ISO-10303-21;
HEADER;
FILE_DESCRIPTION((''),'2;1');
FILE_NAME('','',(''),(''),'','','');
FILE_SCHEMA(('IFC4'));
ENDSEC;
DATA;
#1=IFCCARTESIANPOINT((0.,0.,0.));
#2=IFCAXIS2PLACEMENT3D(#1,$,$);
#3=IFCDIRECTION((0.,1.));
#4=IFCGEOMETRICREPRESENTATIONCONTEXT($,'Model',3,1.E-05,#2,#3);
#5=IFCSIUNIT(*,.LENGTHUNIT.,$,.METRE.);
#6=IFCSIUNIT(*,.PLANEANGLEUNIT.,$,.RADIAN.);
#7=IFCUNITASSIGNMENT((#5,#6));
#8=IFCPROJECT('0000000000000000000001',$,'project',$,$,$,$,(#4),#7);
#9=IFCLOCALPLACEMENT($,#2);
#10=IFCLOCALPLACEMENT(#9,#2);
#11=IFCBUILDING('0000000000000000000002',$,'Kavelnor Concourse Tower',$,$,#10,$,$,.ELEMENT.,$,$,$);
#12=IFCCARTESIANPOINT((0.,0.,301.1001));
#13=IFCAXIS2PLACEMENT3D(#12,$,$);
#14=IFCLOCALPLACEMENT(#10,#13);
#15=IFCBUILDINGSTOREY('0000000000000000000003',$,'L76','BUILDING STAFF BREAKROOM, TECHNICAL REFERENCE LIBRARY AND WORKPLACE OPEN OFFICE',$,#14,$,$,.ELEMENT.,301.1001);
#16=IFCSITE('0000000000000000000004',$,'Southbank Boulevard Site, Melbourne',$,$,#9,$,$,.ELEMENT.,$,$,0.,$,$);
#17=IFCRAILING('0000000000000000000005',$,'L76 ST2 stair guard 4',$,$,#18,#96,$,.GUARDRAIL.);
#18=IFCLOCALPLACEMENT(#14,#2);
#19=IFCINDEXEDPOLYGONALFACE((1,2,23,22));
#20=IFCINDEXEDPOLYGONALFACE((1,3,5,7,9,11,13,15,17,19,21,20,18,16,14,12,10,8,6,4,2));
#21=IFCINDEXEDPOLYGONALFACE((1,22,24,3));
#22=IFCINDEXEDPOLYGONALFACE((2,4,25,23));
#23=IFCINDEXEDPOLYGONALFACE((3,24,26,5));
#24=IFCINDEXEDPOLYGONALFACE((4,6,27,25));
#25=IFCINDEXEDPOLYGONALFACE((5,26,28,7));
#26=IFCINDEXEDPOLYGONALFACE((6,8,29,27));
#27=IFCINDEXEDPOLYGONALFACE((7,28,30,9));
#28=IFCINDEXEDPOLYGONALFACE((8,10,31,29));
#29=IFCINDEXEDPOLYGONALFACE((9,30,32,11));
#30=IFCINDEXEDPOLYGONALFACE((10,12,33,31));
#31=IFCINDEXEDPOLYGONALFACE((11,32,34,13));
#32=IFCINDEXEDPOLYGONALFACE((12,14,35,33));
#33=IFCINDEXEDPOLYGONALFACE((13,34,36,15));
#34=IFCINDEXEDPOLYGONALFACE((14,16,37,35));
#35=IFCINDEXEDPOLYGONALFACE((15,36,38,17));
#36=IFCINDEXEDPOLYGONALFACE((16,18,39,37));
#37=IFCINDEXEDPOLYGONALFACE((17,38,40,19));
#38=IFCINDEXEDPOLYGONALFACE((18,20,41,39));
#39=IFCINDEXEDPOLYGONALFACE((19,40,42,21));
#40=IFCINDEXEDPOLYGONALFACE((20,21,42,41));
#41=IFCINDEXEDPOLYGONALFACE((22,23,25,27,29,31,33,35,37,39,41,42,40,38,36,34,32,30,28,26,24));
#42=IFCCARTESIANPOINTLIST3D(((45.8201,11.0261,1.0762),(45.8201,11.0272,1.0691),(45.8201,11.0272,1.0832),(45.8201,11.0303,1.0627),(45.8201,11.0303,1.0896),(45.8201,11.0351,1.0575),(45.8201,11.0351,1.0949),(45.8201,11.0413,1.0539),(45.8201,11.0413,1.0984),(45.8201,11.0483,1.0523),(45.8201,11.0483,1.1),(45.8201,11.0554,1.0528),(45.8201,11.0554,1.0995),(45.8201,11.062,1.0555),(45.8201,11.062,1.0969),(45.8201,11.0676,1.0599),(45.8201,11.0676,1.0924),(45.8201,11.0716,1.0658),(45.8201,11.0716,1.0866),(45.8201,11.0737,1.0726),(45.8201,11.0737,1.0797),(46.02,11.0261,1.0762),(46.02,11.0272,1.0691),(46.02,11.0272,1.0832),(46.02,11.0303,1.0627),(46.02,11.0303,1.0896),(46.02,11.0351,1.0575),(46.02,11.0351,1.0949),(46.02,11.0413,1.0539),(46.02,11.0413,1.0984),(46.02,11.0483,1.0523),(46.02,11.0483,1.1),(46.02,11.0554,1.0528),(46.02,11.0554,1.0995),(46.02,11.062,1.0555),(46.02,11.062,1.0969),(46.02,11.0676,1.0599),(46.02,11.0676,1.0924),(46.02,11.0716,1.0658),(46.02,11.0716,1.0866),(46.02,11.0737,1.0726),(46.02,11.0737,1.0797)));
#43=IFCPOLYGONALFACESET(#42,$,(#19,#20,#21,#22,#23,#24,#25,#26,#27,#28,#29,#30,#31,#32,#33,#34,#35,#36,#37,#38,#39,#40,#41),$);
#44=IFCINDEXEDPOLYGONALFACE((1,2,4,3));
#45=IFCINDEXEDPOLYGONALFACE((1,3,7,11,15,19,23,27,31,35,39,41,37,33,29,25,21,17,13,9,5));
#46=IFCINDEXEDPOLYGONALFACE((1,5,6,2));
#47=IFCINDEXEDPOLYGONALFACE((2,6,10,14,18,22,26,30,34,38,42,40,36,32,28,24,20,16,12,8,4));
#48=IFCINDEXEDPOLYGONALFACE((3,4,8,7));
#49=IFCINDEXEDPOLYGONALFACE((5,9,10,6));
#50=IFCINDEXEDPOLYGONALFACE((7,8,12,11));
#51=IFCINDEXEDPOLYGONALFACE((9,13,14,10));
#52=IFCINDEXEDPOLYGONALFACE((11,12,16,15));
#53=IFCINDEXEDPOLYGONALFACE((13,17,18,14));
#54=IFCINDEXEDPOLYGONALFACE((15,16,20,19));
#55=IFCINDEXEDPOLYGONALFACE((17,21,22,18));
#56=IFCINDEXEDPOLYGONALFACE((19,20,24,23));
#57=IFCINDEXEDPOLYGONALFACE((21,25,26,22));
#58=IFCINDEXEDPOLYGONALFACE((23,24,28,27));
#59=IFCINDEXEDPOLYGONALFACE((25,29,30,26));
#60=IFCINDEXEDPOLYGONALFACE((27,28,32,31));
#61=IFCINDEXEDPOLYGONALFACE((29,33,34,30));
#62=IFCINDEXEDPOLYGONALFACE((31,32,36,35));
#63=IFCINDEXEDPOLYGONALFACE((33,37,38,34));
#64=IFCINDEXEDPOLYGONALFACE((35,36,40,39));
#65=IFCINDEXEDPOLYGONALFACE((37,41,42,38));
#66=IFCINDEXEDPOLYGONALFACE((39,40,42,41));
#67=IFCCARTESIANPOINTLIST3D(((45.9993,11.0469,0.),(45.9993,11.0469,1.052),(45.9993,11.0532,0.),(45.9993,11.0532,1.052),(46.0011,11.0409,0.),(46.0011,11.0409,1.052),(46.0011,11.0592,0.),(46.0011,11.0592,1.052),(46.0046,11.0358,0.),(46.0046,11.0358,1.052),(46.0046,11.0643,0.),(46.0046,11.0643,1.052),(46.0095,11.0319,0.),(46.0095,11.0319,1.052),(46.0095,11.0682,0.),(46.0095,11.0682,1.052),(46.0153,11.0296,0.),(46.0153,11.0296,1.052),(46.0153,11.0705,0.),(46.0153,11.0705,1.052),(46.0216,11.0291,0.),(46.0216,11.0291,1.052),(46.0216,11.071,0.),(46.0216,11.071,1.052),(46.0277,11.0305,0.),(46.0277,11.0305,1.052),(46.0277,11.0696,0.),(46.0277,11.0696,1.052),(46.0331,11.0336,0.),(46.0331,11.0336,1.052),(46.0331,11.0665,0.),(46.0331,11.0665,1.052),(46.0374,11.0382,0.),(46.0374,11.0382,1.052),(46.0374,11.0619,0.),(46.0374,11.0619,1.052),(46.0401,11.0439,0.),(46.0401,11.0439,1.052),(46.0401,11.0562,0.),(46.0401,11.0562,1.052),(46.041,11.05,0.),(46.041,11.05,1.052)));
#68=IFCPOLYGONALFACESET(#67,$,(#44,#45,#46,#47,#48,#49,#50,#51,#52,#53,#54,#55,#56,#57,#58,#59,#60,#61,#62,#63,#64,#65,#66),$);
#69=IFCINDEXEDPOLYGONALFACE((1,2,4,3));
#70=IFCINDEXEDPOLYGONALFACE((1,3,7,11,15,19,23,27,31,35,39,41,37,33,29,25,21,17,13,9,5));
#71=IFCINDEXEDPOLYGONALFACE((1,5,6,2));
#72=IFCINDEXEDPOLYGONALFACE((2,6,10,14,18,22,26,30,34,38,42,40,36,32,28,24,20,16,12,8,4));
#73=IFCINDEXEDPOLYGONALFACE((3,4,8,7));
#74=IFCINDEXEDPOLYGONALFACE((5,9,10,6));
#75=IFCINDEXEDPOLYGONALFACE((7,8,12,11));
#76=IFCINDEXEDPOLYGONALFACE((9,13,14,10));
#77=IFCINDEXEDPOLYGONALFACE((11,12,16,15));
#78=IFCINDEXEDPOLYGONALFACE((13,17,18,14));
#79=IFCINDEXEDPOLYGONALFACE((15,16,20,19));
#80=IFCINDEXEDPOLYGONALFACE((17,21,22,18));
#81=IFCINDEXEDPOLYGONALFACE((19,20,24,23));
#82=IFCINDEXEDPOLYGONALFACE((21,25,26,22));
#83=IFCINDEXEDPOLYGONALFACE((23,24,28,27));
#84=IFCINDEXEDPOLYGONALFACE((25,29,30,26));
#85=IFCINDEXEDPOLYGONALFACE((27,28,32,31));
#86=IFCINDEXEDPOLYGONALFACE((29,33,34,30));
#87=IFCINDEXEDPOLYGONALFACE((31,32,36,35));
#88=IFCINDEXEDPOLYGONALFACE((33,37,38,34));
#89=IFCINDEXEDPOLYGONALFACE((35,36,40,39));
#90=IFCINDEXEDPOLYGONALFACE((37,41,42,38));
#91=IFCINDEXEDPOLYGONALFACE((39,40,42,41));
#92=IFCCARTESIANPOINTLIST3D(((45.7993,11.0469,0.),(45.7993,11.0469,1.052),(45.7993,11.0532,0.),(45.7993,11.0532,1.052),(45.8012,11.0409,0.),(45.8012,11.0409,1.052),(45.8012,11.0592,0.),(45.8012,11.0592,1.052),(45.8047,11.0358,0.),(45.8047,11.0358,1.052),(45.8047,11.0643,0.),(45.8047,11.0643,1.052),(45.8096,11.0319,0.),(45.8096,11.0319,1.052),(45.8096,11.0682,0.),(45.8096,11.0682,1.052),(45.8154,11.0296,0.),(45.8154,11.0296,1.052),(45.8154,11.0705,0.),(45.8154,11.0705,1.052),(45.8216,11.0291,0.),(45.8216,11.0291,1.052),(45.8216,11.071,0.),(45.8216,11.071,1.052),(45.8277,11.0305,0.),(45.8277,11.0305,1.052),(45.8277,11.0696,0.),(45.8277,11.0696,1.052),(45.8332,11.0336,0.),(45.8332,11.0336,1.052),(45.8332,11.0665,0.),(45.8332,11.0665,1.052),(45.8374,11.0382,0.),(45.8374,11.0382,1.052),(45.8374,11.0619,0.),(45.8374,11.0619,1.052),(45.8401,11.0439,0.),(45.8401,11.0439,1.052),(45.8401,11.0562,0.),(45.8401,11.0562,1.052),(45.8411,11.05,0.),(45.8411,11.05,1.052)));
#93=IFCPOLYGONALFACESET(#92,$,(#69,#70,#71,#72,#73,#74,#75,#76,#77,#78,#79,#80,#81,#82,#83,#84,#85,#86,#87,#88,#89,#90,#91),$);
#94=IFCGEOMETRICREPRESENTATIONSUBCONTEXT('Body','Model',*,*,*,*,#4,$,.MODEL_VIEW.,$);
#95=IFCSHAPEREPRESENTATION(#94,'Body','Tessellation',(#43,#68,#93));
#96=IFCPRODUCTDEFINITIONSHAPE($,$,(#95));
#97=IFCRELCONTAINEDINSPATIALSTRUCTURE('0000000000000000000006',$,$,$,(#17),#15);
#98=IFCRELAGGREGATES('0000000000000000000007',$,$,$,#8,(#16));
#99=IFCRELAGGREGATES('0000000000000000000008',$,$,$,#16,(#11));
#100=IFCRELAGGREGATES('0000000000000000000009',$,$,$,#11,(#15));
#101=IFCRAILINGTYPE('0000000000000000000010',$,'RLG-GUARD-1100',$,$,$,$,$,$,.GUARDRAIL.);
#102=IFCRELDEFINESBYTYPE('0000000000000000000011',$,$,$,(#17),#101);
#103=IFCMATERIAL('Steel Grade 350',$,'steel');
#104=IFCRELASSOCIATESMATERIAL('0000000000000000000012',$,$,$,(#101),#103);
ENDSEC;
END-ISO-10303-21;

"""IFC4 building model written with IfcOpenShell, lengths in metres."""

from ifc_helpers import new_model, si_unit, direction, frame, origin, origin_2d, place, context, subcontext, project, spatial, circle, extrude, material, type_object, element, save


model = new_model("IFC4")

# Units and contexts
model_context = context("Model", 3, precision=1e-05, world=origin(), true_north=direction((0.0, 1.0)))
body_context = subcontext(model_context, "Body", "Model", "MODEL_VIEW")
ifc_project = project(units=[si_unit("LENGTHUNIT", "METRE"), si_unit("PLANEANGLEUNIT", "RADIAN")], contexts=[model_context])

# Site, building, storey
site_placement = place(None, origin())
site = spatial("IfcSite", under=ifc_project, at=site_placement, Name="Southbank Boulevard Site, Melbourne", CompositionType="ELEMENT", RefElevation=0.0)
building_placement = place(site_placement, origin())
building = spatial("IfcBuilding", under=site, at=building_placement, Name="Kavelnor Concourse Tower", CompositionType="ELEMENT")
storey_placement = place(building_placement, frame((0.0, 0.0, 301.1001)))
storey = spatial("IfcBuildingStorey", under=building, at=storey_placement, Name="L76", Description="BUILDING STAFF BREAKROOM, TECHNICAL REFERENCE LIBRARY AND WORKPLACE OPEN OFFICE", CompositionType="ELEMENT", Elevation=301.1001)

# Shared definitions
ifc_material_1 = material(Name="Steel Grade 350", Category="steel")

# Railing
railing_type_1 = type_object("IfcRailingType", Name="RLG-GUARD-1100", PredefinedType="GUARDRAIL", material=ifc_material_1)
railing_1_placement = place(storey_placement, frame((46.02, 11.05, 0.0)))
element("IfcRailing", 1, at=railing_1_placement, inside=storey, type_object=railing_type_1, Name="L76 ST2 stair guard 4", PredefinedType="GUARDRAIL", context=body_context, shape_type="SweptSolid", body=[
    extrude(circle(Radius=0.0239, at=origin_2d()), frame((0.0, 0.0, 1.0762), z_axis=(-1.0, 0.0, 0.0), x_axis=(0.0, -1.0, 0.0)), (0.0, 0.0, 1.0), 0.2),
    extrude(circle(Radius=0.021, at=origin_2d()), origin(), (0.0, 0.0, 1.0), 1.052),
    extrude(circle(Radius=0.021, at=origin_2d()), frame((-0.2, 0.0, 0.0)), (0.0, 0.0, 1.0), 1.052),
])

save(model, "model.ifc")
